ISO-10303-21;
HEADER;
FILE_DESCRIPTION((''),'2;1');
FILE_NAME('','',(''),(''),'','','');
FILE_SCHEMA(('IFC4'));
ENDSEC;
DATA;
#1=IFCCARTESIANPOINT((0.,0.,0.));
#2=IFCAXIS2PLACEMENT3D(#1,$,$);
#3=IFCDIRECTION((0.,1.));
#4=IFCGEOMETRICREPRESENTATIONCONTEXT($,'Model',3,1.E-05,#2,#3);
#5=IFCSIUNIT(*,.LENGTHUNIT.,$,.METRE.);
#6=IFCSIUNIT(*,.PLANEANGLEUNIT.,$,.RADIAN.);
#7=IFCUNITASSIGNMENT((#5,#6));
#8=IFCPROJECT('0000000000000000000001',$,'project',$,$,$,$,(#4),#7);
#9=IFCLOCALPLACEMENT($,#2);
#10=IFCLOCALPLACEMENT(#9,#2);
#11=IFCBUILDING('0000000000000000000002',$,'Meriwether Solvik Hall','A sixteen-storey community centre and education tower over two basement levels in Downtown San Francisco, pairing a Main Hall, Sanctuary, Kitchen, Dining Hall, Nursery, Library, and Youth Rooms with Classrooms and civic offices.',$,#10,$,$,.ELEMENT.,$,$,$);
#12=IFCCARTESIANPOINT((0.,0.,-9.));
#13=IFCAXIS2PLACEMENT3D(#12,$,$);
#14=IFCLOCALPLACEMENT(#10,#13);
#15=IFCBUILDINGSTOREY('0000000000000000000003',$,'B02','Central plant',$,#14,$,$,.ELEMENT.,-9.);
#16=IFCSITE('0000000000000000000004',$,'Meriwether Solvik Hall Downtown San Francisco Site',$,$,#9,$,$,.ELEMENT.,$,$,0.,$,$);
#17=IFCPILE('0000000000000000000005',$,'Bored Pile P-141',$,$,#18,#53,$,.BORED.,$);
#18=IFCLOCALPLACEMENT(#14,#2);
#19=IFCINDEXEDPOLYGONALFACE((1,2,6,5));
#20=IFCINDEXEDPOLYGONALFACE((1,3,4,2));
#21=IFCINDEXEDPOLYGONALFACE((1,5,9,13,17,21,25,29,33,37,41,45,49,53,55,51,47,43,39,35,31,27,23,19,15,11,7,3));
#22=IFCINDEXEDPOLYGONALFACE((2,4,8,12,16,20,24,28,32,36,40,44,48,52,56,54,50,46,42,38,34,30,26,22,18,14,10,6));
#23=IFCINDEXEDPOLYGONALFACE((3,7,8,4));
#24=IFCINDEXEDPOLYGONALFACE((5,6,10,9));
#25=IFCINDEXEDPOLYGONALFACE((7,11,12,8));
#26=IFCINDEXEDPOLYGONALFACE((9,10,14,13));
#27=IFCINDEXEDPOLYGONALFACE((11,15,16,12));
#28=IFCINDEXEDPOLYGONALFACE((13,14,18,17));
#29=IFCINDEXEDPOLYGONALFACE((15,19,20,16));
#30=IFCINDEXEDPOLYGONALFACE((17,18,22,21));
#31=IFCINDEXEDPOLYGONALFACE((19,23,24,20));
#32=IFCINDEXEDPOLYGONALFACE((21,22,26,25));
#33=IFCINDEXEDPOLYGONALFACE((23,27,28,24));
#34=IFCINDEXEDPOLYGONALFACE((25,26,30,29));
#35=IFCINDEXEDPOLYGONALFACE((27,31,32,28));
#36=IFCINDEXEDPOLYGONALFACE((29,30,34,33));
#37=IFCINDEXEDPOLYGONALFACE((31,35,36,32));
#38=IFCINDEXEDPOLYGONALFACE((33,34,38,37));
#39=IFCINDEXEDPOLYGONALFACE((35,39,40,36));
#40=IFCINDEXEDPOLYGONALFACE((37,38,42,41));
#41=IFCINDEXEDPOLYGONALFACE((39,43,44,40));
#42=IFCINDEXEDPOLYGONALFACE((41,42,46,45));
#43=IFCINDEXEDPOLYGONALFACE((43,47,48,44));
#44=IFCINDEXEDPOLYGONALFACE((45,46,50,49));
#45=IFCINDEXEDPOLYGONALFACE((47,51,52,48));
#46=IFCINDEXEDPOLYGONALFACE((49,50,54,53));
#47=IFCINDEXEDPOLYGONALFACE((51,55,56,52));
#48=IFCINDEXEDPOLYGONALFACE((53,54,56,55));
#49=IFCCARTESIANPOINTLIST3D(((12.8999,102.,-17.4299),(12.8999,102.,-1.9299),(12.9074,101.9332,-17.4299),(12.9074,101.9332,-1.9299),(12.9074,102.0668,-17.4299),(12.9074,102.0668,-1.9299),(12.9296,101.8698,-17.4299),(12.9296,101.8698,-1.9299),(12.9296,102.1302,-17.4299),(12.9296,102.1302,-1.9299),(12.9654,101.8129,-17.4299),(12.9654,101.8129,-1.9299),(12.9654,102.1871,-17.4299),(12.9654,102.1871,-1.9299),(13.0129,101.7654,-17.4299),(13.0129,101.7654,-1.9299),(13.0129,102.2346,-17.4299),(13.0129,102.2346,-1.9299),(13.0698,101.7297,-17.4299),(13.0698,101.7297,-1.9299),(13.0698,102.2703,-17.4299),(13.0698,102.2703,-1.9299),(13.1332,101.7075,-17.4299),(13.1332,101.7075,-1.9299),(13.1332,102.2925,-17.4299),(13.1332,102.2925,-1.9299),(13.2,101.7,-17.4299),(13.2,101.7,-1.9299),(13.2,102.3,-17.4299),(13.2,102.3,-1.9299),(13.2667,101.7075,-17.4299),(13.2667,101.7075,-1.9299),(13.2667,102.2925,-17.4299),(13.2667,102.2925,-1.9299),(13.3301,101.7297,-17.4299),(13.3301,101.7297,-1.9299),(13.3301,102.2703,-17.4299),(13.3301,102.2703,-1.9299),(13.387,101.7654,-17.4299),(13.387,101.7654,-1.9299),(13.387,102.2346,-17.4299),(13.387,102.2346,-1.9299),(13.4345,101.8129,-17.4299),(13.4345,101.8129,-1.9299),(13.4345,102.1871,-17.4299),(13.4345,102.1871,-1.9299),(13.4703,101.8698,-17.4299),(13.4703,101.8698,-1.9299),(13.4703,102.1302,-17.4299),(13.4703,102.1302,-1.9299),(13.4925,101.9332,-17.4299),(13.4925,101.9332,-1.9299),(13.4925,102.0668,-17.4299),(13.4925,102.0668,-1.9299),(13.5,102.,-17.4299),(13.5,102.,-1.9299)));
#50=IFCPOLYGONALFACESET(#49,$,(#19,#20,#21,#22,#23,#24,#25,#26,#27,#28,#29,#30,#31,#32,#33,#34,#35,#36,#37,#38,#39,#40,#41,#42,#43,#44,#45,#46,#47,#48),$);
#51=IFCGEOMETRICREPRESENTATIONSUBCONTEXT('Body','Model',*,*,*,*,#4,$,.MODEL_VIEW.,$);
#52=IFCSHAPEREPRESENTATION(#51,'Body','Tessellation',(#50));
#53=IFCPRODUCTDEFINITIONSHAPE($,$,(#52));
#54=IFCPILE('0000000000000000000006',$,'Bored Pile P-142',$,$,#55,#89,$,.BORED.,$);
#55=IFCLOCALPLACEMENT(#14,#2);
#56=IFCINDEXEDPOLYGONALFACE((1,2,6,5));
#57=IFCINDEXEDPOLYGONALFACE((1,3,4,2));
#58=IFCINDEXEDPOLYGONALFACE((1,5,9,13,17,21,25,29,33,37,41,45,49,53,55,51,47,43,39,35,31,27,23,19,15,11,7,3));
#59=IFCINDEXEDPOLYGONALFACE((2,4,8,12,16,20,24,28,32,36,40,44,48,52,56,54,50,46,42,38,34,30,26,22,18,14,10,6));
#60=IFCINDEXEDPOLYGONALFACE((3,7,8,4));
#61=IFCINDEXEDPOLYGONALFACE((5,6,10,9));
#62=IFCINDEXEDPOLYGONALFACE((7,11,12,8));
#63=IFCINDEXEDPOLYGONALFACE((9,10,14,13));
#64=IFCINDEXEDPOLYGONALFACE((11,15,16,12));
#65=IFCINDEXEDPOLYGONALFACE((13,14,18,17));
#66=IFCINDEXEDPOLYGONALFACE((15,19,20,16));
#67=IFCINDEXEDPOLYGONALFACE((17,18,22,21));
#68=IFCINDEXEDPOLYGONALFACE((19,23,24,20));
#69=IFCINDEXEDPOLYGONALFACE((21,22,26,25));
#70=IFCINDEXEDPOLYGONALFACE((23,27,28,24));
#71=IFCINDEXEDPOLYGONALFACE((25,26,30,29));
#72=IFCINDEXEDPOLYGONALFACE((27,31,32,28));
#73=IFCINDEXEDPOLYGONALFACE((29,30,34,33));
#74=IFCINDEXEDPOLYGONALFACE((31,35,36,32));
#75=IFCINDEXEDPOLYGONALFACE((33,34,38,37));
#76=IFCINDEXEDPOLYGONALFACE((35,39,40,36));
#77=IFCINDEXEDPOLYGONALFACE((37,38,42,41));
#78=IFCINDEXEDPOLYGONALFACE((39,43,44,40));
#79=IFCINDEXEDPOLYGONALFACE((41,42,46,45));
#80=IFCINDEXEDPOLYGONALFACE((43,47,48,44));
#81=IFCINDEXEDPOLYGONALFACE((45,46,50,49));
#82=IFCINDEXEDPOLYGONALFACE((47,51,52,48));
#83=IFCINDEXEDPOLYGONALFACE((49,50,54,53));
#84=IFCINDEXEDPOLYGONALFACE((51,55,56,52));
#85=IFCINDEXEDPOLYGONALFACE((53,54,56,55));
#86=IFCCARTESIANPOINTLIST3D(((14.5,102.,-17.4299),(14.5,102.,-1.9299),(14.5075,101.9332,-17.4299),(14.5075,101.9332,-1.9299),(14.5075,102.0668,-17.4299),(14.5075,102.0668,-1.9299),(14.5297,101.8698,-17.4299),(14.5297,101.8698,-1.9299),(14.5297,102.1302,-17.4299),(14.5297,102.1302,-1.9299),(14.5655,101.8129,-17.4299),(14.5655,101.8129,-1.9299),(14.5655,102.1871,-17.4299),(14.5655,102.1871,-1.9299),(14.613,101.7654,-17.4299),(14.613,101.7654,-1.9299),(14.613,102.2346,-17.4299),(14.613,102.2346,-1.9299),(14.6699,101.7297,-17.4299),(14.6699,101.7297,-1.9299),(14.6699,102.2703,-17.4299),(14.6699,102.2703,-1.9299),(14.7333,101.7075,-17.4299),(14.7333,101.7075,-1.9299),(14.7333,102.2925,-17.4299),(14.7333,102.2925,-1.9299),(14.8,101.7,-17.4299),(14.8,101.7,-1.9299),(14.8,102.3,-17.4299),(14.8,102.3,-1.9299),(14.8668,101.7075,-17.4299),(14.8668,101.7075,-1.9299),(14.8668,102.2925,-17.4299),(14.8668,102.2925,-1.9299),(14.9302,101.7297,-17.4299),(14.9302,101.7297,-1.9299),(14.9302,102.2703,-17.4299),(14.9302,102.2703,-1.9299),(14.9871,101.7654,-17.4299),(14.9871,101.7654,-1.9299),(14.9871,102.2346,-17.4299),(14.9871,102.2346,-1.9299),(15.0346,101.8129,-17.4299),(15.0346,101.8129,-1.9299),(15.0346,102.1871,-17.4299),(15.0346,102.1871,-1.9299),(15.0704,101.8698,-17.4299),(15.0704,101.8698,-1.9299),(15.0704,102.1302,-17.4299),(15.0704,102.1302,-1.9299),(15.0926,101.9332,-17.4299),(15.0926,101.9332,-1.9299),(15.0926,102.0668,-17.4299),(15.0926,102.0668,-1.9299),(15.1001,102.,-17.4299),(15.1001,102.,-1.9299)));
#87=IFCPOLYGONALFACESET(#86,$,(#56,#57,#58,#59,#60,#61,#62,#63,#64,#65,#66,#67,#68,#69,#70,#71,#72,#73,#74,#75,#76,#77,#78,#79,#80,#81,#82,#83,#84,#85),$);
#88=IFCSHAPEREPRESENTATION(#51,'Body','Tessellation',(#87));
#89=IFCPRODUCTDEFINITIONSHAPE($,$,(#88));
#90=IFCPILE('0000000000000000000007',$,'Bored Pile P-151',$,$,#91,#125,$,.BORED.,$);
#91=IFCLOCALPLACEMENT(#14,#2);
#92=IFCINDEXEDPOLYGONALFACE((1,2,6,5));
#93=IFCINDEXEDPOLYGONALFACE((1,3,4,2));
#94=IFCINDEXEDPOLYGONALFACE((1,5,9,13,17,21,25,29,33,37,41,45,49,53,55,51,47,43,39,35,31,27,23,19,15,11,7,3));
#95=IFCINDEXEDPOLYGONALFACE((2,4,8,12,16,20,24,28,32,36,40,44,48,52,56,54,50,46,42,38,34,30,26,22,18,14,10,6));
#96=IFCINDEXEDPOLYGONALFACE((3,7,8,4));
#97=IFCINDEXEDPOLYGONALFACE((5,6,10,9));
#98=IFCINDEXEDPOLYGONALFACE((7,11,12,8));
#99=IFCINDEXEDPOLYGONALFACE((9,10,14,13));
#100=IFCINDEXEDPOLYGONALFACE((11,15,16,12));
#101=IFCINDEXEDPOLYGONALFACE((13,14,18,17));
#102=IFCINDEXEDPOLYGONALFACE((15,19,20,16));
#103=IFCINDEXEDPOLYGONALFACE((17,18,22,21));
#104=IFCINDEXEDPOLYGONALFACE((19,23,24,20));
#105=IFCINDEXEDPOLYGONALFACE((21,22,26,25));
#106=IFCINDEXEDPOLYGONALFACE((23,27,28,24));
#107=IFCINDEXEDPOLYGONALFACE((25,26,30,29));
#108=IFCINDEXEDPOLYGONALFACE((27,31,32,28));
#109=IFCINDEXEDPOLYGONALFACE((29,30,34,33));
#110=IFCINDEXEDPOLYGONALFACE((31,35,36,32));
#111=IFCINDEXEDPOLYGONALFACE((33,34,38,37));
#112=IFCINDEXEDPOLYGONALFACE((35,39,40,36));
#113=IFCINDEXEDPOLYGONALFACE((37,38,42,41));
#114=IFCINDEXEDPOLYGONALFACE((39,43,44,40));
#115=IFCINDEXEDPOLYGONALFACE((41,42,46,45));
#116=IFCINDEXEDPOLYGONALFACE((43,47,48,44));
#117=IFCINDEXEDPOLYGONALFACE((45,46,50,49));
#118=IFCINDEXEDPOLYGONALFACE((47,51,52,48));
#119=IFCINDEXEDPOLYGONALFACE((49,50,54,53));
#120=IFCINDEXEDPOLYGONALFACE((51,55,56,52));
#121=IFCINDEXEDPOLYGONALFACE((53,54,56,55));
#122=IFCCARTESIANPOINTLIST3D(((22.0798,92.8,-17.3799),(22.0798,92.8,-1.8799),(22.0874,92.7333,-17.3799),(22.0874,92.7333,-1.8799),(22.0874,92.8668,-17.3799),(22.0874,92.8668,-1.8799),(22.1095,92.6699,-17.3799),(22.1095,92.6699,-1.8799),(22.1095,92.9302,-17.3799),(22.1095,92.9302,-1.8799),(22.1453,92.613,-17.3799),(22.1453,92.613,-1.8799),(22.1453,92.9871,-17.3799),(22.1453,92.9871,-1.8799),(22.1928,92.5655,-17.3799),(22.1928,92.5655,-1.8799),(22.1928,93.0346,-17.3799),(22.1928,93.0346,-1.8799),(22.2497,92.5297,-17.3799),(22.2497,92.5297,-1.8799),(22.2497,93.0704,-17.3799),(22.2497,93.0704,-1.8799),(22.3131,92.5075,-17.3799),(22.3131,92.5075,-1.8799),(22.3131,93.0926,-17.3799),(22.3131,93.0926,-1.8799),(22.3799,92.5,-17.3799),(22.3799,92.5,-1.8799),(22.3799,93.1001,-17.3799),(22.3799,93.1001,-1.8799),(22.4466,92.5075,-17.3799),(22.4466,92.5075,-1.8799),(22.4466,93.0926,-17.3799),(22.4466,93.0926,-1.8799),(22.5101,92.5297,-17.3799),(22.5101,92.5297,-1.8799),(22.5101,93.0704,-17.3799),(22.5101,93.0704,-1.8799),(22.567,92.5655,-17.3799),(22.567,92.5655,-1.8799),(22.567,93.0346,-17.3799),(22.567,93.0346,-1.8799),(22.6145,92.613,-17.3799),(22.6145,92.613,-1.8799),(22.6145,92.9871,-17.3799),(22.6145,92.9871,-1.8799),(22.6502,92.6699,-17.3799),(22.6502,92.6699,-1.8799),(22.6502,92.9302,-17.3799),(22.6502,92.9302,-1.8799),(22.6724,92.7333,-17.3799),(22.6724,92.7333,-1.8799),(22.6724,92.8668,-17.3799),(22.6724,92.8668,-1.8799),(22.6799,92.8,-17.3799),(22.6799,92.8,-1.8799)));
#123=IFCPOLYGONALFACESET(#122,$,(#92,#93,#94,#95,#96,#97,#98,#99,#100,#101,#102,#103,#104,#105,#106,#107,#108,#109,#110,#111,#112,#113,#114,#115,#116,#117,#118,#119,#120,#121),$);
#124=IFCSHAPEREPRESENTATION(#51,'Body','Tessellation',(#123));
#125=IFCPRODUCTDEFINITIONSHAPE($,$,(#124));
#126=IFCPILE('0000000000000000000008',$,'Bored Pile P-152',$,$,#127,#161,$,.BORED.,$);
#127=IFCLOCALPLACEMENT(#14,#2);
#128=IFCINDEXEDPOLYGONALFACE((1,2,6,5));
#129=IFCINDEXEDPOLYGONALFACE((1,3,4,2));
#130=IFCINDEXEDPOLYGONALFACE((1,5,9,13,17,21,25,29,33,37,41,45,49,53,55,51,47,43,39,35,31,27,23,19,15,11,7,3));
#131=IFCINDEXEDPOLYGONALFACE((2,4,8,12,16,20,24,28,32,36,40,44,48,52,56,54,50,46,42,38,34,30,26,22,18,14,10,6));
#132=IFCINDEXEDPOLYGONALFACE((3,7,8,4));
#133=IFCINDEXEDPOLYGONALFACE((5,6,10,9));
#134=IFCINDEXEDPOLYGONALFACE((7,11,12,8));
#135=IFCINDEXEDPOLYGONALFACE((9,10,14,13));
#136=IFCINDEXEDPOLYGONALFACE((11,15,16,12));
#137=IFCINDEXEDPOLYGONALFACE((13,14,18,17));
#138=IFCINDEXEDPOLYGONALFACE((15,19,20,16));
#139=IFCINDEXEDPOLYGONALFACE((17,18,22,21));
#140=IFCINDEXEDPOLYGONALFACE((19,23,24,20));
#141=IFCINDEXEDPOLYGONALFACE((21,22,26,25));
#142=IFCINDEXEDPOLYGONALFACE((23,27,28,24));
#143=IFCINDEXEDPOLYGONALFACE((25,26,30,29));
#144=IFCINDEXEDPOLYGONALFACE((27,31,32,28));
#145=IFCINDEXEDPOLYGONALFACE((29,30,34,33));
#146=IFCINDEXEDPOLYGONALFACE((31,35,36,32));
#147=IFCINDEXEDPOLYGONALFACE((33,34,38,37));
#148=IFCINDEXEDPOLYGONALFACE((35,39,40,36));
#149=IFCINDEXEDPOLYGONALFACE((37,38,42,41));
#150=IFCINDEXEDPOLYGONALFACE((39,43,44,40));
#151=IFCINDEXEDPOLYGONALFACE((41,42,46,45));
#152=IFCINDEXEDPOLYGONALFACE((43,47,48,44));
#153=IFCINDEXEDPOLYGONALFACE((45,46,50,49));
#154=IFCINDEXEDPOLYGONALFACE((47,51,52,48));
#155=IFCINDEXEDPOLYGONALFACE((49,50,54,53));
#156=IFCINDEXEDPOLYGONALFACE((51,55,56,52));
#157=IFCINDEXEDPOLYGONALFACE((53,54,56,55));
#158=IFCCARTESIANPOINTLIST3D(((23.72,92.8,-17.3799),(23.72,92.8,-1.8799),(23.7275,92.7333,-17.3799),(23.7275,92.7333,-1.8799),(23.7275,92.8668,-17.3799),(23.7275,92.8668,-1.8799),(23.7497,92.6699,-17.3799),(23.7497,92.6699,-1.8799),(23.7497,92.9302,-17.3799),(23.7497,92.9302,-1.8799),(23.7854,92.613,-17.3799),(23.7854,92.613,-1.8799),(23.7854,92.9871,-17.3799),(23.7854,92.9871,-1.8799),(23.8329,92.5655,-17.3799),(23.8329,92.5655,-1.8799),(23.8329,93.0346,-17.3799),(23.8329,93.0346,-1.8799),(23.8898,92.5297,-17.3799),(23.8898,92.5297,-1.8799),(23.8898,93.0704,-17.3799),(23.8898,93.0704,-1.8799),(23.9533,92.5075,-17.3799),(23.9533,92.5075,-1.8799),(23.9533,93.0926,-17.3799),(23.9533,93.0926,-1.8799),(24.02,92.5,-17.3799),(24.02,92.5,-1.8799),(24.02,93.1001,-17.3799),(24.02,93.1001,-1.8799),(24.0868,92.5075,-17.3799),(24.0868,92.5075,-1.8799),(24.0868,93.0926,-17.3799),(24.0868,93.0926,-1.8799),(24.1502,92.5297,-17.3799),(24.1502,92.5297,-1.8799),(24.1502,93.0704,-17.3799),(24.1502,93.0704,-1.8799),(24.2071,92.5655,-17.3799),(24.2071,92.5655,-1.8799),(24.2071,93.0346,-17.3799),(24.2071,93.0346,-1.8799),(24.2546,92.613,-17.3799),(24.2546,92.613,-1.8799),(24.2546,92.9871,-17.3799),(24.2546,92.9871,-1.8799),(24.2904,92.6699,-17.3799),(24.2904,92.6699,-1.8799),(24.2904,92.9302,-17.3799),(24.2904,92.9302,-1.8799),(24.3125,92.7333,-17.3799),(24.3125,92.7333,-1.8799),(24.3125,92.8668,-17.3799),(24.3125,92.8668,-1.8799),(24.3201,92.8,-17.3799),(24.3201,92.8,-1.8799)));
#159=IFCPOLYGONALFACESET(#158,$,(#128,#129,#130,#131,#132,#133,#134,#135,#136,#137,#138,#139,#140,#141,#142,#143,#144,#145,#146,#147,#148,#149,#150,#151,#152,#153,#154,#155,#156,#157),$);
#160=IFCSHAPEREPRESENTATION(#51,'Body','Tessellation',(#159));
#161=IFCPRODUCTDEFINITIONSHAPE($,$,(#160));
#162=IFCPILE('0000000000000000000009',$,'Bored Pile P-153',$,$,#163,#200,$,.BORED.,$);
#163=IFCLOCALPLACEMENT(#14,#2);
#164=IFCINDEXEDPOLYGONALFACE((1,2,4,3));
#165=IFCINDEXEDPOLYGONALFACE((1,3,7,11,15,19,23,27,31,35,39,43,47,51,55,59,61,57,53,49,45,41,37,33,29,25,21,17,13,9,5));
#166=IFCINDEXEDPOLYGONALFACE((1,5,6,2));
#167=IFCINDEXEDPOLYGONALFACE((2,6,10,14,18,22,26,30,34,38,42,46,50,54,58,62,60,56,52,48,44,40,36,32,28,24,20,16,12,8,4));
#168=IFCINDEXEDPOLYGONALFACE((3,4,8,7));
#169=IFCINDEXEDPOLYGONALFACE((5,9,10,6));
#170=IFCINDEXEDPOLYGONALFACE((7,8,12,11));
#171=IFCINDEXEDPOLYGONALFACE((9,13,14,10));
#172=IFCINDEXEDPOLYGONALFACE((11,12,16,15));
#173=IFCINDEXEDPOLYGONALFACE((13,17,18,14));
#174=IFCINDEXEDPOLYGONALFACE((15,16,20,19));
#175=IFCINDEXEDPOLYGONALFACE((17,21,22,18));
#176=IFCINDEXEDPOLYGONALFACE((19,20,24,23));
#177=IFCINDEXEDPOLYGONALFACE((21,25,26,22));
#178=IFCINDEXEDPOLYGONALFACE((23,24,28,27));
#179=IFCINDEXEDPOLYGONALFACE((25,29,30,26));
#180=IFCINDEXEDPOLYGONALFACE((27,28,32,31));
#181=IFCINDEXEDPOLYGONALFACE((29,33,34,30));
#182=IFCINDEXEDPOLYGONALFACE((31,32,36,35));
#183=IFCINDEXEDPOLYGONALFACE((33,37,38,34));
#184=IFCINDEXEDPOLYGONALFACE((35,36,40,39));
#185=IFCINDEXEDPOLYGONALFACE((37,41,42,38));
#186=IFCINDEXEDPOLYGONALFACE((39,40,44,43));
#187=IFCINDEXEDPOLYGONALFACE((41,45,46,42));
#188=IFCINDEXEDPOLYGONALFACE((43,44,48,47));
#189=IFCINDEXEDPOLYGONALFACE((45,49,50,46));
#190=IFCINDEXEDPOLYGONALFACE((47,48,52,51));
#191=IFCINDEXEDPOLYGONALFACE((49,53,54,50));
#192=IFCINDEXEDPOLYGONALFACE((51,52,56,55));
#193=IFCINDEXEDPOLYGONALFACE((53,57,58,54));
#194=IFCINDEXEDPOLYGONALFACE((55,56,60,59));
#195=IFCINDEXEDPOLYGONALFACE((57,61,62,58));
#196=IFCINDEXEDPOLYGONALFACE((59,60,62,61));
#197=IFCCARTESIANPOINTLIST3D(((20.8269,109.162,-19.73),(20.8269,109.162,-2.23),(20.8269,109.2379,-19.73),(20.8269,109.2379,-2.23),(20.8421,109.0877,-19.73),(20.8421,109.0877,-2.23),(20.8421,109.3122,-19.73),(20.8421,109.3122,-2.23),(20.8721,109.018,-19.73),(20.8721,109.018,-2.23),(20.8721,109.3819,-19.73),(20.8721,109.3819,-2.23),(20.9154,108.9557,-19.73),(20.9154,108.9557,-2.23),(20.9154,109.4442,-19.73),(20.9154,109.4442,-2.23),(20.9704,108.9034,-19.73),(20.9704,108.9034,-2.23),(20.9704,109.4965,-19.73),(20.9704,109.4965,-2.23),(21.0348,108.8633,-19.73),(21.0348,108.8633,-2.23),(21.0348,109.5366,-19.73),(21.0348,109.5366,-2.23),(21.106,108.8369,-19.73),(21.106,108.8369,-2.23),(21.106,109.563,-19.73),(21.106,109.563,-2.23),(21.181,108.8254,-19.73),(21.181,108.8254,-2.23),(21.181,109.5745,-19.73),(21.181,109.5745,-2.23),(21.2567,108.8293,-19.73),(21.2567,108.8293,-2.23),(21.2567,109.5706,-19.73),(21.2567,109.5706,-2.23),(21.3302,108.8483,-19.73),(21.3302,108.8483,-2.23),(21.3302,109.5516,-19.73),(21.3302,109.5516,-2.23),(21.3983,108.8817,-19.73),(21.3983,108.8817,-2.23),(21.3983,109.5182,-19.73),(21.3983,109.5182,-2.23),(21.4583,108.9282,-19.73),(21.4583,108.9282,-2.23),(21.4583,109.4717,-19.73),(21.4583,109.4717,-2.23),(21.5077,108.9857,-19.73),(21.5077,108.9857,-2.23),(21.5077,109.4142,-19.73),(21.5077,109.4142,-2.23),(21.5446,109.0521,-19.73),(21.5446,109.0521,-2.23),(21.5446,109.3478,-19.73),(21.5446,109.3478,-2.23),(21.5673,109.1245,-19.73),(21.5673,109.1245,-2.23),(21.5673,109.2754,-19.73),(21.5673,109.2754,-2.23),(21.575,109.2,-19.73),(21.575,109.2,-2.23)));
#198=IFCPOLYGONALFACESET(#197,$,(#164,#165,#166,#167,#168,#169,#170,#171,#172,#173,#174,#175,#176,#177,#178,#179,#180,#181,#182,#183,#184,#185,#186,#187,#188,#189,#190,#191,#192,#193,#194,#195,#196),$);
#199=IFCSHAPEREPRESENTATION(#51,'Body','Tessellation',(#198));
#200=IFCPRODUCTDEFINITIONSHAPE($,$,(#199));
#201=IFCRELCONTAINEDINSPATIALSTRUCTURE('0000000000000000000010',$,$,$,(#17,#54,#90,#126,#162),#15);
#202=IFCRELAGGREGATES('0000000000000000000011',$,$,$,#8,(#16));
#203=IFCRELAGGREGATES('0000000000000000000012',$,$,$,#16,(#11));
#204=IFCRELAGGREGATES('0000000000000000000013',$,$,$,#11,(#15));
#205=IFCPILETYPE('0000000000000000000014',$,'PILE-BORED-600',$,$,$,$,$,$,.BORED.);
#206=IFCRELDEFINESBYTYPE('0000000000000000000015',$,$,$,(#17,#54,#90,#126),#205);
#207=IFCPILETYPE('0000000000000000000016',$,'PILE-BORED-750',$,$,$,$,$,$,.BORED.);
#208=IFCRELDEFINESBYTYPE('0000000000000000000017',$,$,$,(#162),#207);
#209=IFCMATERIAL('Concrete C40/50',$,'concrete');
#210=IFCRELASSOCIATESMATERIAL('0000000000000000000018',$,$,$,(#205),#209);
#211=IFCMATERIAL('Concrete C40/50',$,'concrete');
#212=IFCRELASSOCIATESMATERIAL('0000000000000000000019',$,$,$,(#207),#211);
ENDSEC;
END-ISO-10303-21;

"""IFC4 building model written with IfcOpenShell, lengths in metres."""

from ifc_helpers import new_model, si_unit, direction, frame, origin, origin_2d, place, context, subcontext, project, spatial, circle, extrude, material, material_profile, profile_set, type_object, element, save


model = new_model("IFC4")

# Units and contexts
model_context = context("Model", 3, precision=1e-05, world=origin(), true_north=direction((0.0, 1.0)))
body_context = subcontext(model_context, "Body", "Model", "MODEL_VIEW")
ifc_project = project(units=[si_unit("LENGTHUNIT", "METRE"), si_unit("PLANEANGLEUNIT", "RADIAN")], contexts=[model_context])

# Site, building, storey
site_placement = place(None, origin())
site = spatial("IfcSite", under=ifc_project, at=site_placement, Name="Meriwether Solvik Hall Downtown San Francisco Site", CompositionType="ELEMENT", RefElevation=0.0)
building_placement = place(site_placement, origin())
building = spatial("IfcBuilding", under=site, at=building_placement, Name="Meriwether Solvik Hall", Description="A sixteen-storey community centre and education tower over two basement levels in Downtown San Francisco, pairing a Main Hall, Sanctuary, Kitchen, Dining Hall, Nursery, Library, and Youth Rooms with Classrooms and civic offices.", CompositionType="ELEMENT")
storey_placement = place(building_placement, frame((0.0, 0.0, -9.0)))
storey = spatial("IfcBuildingStorey", under=building, at=storey_placement, Name="B02", Description="Central plant", CompositionType="ELEMENT", Elevation=-9.0)

# Piles
ifc_material_1 = material(Name="Concrete C40/50", Category="concrete")
ifc_material_profile_1 = material_profile(ifc_material_1, circle(Radius=0.3, at=origin_2d()), Name="PILE-D600")
ifc_profile_set_1 = profile_set([ifc_material_profile_1], Name="Concrete C40/50")
pile_type_1 = type_object("IfcPileType", Name="PILE-BORED-600", PredefinedType="BORED", material=ifc_profile_set_1)
for number, where, z_axis, x_axis, name in (
    (1, (13.2, 102.0, -1.9299), (0.0, 0.0, -1.0), (1.0, 0.0, 0.0), "Bored Pile P-141"),
    (2, (14.8, 102.0, -1.9299), (0.0, 0.0, -1.0), (1.0, 0.0, 0.0), "Bored Pile P-142"),
    (3, (22.3799, 92.8, -1.8799), (0.0, 0.0, -1.0), (1.0, 0.0, 0.0), "Bored Pile P-151"),
    (4, (24.02, 92.8, -1.8799), (0.0, 0.0, -1.0), (1.0, 0.0, 0.0), "Bored Pile P-152"),
):
    element("IfcPile", number, at=place(storey_placement, frame(where, z_axis=z_axis, x_axis=x_axis)), inside=storey, type_object=pile_type_1, Name=name, PredefinedType="BORED", context=body_context, shape_type="SweptSolid", body=[
        extrude(circle(Radius=0.3, at=origin_2d()), origin(), (0.0, 0.0, 1.0), 15.5),
    ])
ifc_material_2 = material(Name="Concrete C40/50", Category="concrete")
ifc_material_profile_2 = material_profile(ifc_material_2, circle(Radius=0.375, at=origin_2d()), Name="PILE-D750")
ifc_profile_set_2 = profile_set([ifc_material_profile_2], Name="Concrete C40/50")
pile_type_2 = type_object("IfcPileType", Name="PILE-BORED-750", PredefinedType="BORED", material=ifc_profile_set_2)
for number, where, z_axis, x_axis, name in (
    (5, (21.2, 109.2, -2.23), (0.0, 0.0, -1.0), (1.0, 0.0, 0.0), "Bored Pile P-153"),
):
    element("IfcPile", number, at=place(storey_placement, frame(where, z_axis=z_axis, x_axis=x_axis)), inside=storey, type_object=pile_type_2, Name=name, PredefinedType="BORED", context=body_context, shape_type="SweptSolid", body=[
        extrude(circle(Radius=0.375, at=origin_2d()), origin(), (0.0, 0.0, 1.0), 17.5),
    ])

save(model, "model.ifc")
